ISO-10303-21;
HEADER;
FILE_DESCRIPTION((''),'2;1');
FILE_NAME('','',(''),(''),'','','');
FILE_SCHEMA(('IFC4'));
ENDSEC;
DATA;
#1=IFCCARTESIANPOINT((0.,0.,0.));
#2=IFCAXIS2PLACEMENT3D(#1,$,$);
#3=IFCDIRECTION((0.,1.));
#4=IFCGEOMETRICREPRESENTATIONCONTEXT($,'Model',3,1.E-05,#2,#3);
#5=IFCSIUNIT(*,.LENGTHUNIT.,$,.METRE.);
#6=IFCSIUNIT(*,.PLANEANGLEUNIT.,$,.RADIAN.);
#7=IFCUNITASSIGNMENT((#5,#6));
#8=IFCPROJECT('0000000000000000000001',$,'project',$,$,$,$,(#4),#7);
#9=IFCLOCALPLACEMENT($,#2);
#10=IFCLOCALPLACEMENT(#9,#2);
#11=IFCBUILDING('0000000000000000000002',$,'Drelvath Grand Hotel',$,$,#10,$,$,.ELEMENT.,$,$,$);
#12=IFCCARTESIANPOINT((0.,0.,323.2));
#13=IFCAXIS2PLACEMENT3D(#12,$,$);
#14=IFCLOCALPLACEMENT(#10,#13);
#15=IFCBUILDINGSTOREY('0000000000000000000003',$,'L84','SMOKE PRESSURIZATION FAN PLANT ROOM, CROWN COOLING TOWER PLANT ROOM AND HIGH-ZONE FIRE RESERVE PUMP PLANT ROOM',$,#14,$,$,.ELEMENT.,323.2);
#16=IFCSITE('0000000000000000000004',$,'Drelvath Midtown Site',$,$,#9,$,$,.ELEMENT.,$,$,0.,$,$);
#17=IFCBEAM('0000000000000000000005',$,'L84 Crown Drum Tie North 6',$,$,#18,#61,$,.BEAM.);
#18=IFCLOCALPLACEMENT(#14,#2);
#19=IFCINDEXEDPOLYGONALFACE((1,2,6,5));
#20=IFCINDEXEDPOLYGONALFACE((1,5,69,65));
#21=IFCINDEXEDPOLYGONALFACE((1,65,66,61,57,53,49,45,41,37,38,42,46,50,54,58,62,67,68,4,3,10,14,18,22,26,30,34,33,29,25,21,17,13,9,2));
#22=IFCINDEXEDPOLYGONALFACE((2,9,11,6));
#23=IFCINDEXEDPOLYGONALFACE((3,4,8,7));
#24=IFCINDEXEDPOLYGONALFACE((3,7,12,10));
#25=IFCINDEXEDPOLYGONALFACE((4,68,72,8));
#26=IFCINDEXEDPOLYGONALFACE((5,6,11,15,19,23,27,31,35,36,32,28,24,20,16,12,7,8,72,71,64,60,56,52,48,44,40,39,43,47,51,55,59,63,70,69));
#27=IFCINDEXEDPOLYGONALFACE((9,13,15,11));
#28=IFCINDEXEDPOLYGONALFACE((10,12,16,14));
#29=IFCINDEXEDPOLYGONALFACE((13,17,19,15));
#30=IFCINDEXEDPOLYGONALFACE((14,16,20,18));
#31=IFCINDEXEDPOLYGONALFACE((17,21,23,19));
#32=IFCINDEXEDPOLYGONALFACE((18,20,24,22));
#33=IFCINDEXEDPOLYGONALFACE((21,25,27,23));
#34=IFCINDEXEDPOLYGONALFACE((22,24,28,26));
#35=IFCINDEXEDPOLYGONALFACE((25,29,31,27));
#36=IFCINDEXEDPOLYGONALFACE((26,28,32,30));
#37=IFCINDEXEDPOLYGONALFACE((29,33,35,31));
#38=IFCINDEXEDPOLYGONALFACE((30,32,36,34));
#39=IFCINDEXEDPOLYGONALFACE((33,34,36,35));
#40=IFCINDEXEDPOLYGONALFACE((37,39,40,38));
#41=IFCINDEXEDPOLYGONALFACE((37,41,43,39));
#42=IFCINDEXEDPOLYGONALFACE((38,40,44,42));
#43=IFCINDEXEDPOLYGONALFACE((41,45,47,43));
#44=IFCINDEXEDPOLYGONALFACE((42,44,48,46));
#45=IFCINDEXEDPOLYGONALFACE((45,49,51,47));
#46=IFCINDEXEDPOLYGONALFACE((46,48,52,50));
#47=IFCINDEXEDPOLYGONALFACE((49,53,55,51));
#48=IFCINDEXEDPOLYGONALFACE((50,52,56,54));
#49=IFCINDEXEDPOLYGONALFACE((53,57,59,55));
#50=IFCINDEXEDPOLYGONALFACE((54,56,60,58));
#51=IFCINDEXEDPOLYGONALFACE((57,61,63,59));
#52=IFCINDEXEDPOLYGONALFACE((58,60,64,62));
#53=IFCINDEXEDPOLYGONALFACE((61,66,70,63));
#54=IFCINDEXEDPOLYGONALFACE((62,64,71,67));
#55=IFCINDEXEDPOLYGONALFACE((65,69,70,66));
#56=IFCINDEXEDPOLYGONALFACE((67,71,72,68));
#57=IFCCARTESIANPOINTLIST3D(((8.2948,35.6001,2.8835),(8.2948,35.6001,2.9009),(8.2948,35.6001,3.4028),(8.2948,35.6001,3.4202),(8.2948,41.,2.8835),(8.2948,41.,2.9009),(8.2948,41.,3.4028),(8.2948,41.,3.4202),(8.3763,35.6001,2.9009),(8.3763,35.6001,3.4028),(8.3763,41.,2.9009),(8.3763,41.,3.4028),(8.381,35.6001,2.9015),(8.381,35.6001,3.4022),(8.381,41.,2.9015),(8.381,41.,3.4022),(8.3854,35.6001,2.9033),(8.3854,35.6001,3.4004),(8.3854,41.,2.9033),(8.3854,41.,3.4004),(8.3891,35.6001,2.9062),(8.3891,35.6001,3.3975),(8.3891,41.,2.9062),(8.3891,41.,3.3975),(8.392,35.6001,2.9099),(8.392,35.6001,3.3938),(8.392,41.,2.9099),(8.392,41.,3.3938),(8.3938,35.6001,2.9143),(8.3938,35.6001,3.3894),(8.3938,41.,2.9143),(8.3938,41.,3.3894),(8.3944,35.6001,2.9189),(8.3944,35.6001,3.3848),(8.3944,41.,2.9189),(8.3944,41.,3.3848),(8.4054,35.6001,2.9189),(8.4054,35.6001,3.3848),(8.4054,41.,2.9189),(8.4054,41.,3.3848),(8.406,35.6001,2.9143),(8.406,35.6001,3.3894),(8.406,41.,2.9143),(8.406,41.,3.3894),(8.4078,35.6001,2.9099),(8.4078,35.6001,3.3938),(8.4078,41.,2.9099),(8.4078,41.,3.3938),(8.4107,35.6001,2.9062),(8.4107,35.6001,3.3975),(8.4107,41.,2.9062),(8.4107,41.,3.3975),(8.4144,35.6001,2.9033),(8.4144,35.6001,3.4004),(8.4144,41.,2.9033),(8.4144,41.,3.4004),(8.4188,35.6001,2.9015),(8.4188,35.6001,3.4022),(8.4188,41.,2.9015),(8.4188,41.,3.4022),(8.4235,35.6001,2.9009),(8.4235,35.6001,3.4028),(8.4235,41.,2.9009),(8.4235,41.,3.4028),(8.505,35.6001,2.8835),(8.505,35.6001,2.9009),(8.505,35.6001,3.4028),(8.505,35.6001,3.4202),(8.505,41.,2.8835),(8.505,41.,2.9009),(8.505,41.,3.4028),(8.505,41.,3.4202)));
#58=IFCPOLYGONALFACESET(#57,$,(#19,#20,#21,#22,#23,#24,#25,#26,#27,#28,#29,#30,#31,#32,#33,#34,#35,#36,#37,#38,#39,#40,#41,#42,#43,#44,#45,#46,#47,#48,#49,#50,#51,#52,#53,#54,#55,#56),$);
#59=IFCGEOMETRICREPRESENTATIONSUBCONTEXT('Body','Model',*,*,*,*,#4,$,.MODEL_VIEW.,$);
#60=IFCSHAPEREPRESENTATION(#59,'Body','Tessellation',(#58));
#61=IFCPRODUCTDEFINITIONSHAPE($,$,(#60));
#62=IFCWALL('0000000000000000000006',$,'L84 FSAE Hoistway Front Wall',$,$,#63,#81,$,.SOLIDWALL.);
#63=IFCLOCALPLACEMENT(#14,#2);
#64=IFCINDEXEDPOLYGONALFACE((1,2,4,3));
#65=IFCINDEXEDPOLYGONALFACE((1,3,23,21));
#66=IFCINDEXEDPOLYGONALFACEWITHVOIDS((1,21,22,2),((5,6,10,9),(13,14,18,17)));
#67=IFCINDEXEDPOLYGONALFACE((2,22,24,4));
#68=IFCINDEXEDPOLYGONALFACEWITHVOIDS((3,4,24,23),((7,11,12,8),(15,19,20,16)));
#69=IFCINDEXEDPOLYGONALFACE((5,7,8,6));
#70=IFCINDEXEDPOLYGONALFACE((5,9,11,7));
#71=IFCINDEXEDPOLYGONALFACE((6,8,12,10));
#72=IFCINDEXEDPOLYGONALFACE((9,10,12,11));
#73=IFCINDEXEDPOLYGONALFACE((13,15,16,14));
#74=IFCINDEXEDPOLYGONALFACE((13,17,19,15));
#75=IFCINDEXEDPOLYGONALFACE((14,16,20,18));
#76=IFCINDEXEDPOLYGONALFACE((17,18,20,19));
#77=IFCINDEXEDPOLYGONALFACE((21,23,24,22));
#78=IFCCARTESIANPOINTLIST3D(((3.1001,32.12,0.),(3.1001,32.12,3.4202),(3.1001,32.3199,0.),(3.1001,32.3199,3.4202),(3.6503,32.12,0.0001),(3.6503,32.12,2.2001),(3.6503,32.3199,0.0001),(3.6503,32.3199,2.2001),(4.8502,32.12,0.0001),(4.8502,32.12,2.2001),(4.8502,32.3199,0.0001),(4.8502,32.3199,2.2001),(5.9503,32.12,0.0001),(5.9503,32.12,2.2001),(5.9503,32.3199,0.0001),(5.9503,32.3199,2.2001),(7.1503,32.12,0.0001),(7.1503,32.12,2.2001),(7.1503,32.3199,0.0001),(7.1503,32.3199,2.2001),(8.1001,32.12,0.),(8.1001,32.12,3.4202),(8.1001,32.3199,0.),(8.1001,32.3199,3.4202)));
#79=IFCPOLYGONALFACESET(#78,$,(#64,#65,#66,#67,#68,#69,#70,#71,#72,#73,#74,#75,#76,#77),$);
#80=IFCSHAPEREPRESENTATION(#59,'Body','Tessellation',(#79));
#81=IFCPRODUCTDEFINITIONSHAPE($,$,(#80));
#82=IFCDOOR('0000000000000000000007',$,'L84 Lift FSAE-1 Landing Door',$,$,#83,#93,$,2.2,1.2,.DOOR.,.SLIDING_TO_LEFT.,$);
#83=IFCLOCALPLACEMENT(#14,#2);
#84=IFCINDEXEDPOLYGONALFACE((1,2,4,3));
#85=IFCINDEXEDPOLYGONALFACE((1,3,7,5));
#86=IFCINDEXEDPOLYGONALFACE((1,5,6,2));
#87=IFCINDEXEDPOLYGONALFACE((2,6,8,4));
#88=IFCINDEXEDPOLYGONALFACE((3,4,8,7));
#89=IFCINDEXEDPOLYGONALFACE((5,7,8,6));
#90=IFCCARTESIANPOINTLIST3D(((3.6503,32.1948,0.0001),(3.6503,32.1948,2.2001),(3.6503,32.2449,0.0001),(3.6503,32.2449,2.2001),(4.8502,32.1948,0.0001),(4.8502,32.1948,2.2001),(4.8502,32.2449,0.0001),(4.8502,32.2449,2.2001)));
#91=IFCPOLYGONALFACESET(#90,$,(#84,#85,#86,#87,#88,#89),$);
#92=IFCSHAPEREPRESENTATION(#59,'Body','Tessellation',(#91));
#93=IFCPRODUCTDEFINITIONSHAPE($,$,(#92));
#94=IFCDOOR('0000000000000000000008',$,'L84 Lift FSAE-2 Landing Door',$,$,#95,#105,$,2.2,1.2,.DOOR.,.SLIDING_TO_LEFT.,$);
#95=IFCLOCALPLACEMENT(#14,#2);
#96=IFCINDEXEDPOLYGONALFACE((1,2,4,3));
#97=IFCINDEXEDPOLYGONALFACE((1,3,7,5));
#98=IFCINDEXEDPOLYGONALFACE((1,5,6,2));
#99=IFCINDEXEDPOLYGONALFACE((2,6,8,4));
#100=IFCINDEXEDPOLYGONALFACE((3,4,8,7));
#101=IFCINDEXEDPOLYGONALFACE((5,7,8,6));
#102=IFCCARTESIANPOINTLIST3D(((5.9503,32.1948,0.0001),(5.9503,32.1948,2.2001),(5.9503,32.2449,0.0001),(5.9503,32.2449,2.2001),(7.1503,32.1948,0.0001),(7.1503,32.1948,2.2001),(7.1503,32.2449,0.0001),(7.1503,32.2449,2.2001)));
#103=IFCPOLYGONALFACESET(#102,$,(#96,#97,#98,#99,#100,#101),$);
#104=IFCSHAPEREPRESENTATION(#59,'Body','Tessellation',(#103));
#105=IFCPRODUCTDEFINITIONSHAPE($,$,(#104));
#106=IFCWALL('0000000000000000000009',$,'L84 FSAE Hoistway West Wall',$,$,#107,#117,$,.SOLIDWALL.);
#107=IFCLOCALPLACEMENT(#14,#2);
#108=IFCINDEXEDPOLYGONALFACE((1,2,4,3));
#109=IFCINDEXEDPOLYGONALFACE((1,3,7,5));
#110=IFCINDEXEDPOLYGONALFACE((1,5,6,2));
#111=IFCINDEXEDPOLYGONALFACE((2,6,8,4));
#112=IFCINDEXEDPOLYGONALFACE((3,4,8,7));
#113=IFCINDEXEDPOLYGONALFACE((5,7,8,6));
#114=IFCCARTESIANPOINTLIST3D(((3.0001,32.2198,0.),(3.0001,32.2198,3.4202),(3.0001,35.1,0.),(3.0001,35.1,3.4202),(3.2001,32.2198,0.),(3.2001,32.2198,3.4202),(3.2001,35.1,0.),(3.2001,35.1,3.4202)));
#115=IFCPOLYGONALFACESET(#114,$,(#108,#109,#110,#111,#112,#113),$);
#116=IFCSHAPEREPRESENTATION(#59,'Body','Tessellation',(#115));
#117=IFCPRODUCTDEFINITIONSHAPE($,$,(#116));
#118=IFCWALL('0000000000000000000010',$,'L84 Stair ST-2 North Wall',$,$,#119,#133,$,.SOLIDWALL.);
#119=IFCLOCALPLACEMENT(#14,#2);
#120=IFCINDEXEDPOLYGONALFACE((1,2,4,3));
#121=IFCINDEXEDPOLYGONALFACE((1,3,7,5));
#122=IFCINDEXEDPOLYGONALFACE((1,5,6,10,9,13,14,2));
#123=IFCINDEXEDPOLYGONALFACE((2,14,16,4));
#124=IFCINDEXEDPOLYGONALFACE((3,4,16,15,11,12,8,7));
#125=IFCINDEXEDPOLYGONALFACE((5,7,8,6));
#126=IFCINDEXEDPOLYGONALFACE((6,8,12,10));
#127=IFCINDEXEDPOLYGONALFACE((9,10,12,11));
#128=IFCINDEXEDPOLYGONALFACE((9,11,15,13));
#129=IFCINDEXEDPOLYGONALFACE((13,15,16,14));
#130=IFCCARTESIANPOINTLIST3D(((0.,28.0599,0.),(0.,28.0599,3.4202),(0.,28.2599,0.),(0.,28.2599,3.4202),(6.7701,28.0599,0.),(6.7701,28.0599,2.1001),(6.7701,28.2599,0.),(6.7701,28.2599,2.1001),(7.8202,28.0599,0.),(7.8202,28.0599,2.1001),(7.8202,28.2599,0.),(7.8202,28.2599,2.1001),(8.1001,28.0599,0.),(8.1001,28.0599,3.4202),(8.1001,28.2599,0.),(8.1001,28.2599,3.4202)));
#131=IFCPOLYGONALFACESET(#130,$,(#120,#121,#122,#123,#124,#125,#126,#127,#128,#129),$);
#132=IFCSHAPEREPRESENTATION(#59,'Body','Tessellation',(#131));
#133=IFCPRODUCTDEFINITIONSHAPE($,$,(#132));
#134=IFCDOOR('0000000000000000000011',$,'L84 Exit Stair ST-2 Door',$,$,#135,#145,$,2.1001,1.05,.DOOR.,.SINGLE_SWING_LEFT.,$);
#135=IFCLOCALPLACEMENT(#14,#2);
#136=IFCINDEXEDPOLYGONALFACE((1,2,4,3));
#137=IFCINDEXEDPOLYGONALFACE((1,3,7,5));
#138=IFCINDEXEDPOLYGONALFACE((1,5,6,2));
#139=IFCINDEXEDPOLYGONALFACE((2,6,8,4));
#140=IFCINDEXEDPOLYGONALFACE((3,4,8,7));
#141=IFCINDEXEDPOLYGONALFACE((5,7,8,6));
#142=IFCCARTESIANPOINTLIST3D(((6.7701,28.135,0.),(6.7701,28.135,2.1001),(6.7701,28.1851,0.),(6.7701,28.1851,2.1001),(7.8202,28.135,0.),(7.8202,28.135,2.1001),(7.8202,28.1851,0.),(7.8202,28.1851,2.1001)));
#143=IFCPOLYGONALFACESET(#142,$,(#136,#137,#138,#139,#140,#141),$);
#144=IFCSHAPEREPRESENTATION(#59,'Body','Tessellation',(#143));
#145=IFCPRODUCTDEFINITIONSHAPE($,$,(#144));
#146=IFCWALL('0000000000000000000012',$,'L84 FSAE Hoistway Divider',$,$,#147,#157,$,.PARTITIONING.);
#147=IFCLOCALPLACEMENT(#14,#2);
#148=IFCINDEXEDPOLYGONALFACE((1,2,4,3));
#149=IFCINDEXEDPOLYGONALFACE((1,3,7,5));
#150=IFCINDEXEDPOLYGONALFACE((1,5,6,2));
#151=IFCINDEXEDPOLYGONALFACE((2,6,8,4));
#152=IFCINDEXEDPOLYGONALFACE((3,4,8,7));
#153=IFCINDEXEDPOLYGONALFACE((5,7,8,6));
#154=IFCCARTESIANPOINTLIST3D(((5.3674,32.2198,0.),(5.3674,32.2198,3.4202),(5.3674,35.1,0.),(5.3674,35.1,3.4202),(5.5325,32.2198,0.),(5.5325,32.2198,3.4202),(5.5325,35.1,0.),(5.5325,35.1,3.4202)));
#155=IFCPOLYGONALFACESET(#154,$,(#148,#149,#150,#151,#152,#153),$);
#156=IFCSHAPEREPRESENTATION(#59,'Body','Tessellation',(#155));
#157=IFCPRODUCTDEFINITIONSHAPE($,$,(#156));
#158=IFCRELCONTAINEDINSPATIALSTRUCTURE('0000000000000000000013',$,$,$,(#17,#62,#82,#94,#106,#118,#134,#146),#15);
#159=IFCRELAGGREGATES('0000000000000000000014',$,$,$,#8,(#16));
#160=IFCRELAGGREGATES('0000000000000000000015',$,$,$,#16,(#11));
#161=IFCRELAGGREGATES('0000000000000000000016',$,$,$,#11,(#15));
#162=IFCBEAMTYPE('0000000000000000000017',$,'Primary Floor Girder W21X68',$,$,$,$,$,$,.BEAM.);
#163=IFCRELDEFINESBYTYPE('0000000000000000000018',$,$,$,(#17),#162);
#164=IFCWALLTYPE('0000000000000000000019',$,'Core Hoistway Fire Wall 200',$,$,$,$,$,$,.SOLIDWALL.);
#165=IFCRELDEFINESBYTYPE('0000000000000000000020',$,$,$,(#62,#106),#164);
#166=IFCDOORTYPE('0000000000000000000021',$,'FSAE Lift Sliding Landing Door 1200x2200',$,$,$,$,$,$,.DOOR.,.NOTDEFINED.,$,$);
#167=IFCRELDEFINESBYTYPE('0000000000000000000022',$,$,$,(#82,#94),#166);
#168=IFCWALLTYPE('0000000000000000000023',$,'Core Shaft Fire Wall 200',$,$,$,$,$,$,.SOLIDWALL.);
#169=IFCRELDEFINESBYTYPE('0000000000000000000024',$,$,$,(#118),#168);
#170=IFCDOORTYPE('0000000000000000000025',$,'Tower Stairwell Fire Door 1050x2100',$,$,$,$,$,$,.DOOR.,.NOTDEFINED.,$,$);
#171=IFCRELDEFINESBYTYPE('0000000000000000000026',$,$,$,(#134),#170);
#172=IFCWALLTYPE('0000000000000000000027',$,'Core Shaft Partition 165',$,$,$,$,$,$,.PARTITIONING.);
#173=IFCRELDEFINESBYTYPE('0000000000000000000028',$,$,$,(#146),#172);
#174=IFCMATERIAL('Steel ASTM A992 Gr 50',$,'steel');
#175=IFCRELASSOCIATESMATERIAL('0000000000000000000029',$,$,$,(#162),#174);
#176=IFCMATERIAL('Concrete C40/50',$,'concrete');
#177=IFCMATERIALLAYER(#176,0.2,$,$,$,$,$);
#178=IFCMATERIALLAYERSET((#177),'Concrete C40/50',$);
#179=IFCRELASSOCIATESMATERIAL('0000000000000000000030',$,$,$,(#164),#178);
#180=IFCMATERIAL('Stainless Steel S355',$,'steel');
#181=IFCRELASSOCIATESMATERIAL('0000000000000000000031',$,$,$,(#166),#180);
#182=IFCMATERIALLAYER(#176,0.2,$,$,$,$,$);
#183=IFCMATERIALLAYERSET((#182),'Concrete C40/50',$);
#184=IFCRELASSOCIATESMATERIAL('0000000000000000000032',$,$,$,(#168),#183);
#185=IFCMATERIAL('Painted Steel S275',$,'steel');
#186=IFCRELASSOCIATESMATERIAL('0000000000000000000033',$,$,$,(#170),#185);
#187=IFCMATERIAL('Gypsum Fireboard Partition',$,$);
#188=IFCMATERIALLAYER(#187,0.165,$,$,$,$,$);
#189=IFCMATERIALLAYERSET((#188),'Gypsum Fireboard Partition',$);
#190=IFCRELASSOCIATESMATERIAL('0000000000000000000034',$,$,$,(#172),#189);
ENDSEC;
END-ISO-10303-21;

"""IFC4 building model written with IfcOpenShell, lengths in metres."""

from ifc_helpers import new_model, si_unit, direction, frame, frame_2d, origin, origin_2d, place, context, subcontext, project, spatial, rectangle, i_section, extrude, material, layer, layer_set, material_profile, profile_set, type_object, element, fill, save


model = new_model("IFC4")

# Units and contexts
model_context = context("Model", 3, precision=1e-05, world=origin(), true_north=direction((0.0, 1.0)))
body_context = subcontext(model_context, "Body", "Model", "MODEL_VIEW")
ifc_project = project(units=[si_unit("LENGTHUNIT", "METRE"), si_unit("PLANEANGLEUNIT", "RADIAN")], contexts=[model_context])

# Site, building, storey
site_placement = place(None, origin())
site = spatial("IfcSite", under=ifc_project, at=site_placement, Name="Drelvath Midtown Site", CompositionType="ELEMENT", RefElevation=0.0)
building_placement = place(site_placement, origin())
building = spatial("IfcBuilding", under=site, at=building_placement, Name="Drelvath Grand Hotel", CompositionType="ELEMENT")
storey_placement = place(building_placement, frame((0.0, 0.0, 323.2)))
storey = spatial("IfcBuildingStorey", under=building, at=storey_placement, Name="L84", Description="SMOKE PRESSURIZATION FAN PLANT ROOM, CROWN COOLING TOWER PLANT ROOM AND HIGH-ZONE FIRE RESERVE PUMP PLANT ROOM", CompositionType="ELEMENT", Elevation=323.2)

# Beam
ifc_material_1 = material(Name="Steel ASTM A992 Gr 50", Category="steel")
ifc_material_profile_1 = material_profile(ifc_material_1, i_section(OverallWidth=0.2102, OverallDepth=0.5366, WebThickness=0.011, FlangeThickness=0.0173, FilletRadius=0.0181, at=origin_2d()), Name="W21X68")
ifc_profile_set_1 = profile_set([ifc_material_profile_1], Name="Steel ASTM A992 Gr 50")
beam_type_1 = type_object("IfcBeamType", Name="Primary Floor Girder W21X68", PredefinedType="BEAM", material=ifc_profile_set_1)
for number, where, z_axis, x_axis, name in (
    (1, (8.3999, 35.6001, 3.1519), (0.0, 1.0, 0.0), (-1.0, 0.0, 0.0), "L84 Crown Drum Tie North 6"),
):
    element("IfcBeam", number, at=place(storey_placement, frame(where, z_axis=z_axis, x_axis=x_axis)), inside=storey, type_object=beam_type_1, Name=name, PredefinedType="BEAM", context=body_context, shape_type="SweptSolid", body=[
        extrude(i_section(OverallWidth=0.2102, OverallDepth=0.5366, WebThickness=0.011, FlangeThickness=0.0173, FilletRadius=0.0181, at=origin_2d()), origin(), (0.0, 0.0, 1.0), 5.3999),
    ])

# Wall, openings, doors
ifc_material_2 = material(Name="Concrete C40/50", Category="concrete")
ifc_layer_1 = layer(ifc_material_2, 0.2)
ifc_layer_set_1 = layer_set([ifc_layer_1], Name="Concrete C40/50")
wall_type_1 = type_object("IfcWallType", Name="Core Hoistway Fire Wall 200", PredefinedType="SOLIDWALL", material=ifc_layer_set_1)
wall_1_placement = place(storey_placement, frame((3.1001, 32.22, 0.0), z_axis=(0.0, 0.0, 1.0), x_axis=(1.0, 0.0, 0.0)))
wall_1 = element("IfcWall", 2, at=wall_1_placement, inside=storey, type_object=wall_type_1, Name="L84 FSAE Hoistway Front Wall", PredefinedType="SOLIDWALL", context=body_context, shape_type="SweptSolid", body=[
    extrude(rectangle(XDim=5.0, YDim=0.2, at=frame_2d((2.5, 0.0))), origin(), (0.0, 0.0, 1.0), 3.4202),
])
opening_1_placement = place(wall_1_placement, frame((0.55, 0.0, 0.0)))
opening_1 = element("IfcOpeningElement", 3, at=opening_1_placement, cuts=wall_1, PredefinedType="OPENING", context=body_context, shape_type="SweptSolid", body=[
    extrude(rectangle(XDim=1.2, YDim=2.2, at=frame_2d((0.6001, 1.1001))), frame((0.0, 0.1099, 0.0), z_axis=(0.0, -1.0, 0.0), x_axis=(1.0, 0.0, 0.0)), (0.0, 0.0, 1.0), 0.22),
])
opening_2_placement = place(wall_1_placement, frame((2.8501, 0.0, 0.0)))
opening_2 = element("IfcOpeningElement", 4, at=opening_2_placement, cuts=wall_1, PredefinedType="OPENING", context=body_context, shape_type="SweptSolid", body=[
    extrude(rectangle(XDim=1.2, YDim=2.2, at=frame_2d((0.6001, 1.1001))), frame((0.0, 0.1099, 0.0), z_axis=(0.0, -1.0, 0.0), x_axis=(1.0, 0.0, 0.0)), (0.0, 0.0, 1.0), 0.22),
])
ifc_material_3 = material(Name="Stainless Steel S355", Category="steel")
door_type_1 = type_object("IfcDoorType", Name="FSAE Lift Sliding Landing Door 1200x2200", OperationType="NOTDEFINED", PredefinedType="DOOR", material=ifc_material_3)
door_1_placement = place(opening_1_placement, origin())
door_1 = element("IfcDoor", 5, at=door_1_placement, inside=storey, type_object=door_type_1, Name="L84 Lift FSAE-1 Landing Door", OperationType="SLIDING_TO_LEFT", OverallHeight=2.2, OverallWidth=1.2, PredefinedType="DOOR", context=body_context, shape_type="SweptSolid", body=[
    extrude(rectangle(XDim=1.2, YDim=2.2, at=frame_2d((0.6001, 1.1001))), frame((0.0, 0.0249, 0.0), z_axis=(0.0, -1.0, 0.0), x_axis=(1.0, 0.0, 0.0)), (0.0, 0.0, 1.0), 0.05),
])
fill(opening_1, door_1)
door_2_placement = place(opening_2_placement, origin())
door_2 = element("IfcDoor", 6, at=door_2_placement, inside=storey, type_object=door_type_1, Name="L84 Lift FSAE-2 Landing Door", OperationType="SLIDING_TO_LEFT", OverallHeight=2.2, OverallWidth=1.2, PredefinedType="DOOR", context=body_context, shape_type="SweptSolid", body=[
    extrude(rectangle(XDim=1.2, YDim=2.2, at=frame_2d((0.6001, 1.1001))), frame((0.0, 0.0249, 0.0), z_axis=(0.0, -1.0, 0.0), x_axis=(1.0, 0.0, 0.0)), (0.0, 0.0, 1.0), 0.05),
])
fill(opening_2, door_2)

# Wall
wall_2_placement = place(storey_placement, frame((3.1001, 32.22, 0.0), z_axis=(0.0, 0.0, 1.0), x_axis=(0.0, 1.0, 0.0)))
element("IfcWall", 7, at=wall_2_placement, inside=storey, type_object=wall_type_1, Name="L84 FSAE Hoistway West Wall", PredefinedType="SOLIDWALL", context=body_context, shape_type="SweptSolid", body=[
    extrude(rectangle(XDim=2.8801, YDim=0.2, at=frame_2d((1.4399, 0.0))), origin(), (0.0, 0.0, 1.0), 3.4202),
])

# Wall, opening, door
ifc_layer_2 = layer(ifc_material_2, 0.2)
ifc_layer_set_2 = layer_set([ifc_layer_2], Name="Concrete C40/50")
wall_type_2 = type_object("IfcWallType", Name="Core Shaft Fire Wall 200", PredefinedType="SOLIDWALL", material=ifc_layer_set_2)
wall_3_placement = place(storey_placement, frame((8.1001, 28.1599, 0.0), z_axis=(0.0, 0.0, 1.0), x_axis=(-1.0, 0.0, 0.0)))
wall_3 = element("IfcWall", 8, at=wall_3_placement, inside=storey, type_object=wall_type_2, Name="L84 Stair ST-2 North Wall", PredefinedType="SOLIDWALL", context=body_context, shape_type="SweptSolid", body=[
    extrude(rectangle(XDim=8.1001, YDim=0.2, at=frame_2d((4.05, 0.0))), origin(), (0.0, 0.0, 1.0), 3.4202),
])
opening_3_placement = place(wall_3_placement, frame((0.28, 0.0, 0.0)))
opening_3 = element("IfcOpeningElement", 9, at=opening_3_placement, cuts=wall_3, PredefinedType="OPENING", context=body_context, shape_type="SweptSolid", body=[
    extrude(rectangle(XDim=1.05, YDim=2.1001, at=frame_2d((0.5249, 1.05))), frame((0.0, 0.1099, 0.0), z_axis=(0.0, -1.0, 0.0), x_axis=(1.0, 0.0, 0.0)), (0.0, 0.0, 1.0), 0.22),
])
ifc_material_4 = material(Name="Painted Steel S275", Category="steel")
door_type_2 = type_object("IfcDoorType", Name="Tower Stairwell Fire Door 1050x2100", OperationType="NOTDEFINED", PredefinedType="DOOR", material=ifc_material_4)
door_3_placement = place(opening_3_placement, origin())
door_3 = element("IfcDoor", 10, at=door_3_placement, inside=storey, type_object=door_type_2, Name="L84 Exit Stair ST-2 Door", OperationType="SINGLE_SWING_LEFT", OverallHeight=2.1001, OverallWidth=1.05, PredefinedType="DOOR", context=body_context, shape_type="SweptSolid", body=[
    extrude(rectangle(XDim=1.05, YDim=2.1001, at=frame_2d((0.5249, 1.05))), frame((0.0, 0.0249, 0.0), z_axis=(0.0, -1.0, 0.0), x_axis=(1.0, 0.0, 0.0)), (0.0, 0.0, 1.0), 0.05),
])
fill(opening_3, door_3)

# Wall
ifc_material_5 = material(Name="Gypsum Fireboard Partition")
ifc_layer_3 = layer(ifc_material_5, 0.165)
ifc_layer_set_3 = layer_set([ifc_layer_3], Name="Gypsum Fireboard Partition")
wall_type_3 = type_object("IfcWallType", Name="Core Shaft Partition 165", PredefinedType="PARTITIONING", material=ifc_layer_set_3)
wall_4_placement = place(storey_placement, frame((5.45, 32.22, 0.0), z_axis=(0.0, 0.0, 1.0), x_axis=(0.0, 1.0, 0.0)))
element("IfcWall", 11, at=wall_4_placement, inside=storey, type_object=wall_type_3, Name="L84 FSAE Hoistway Divider", PredefinedType="PARTITIONING", context=body_context, shape_type="SweptSolid", body=[
    extrude(rectangle(XDim=2.8801, YDim=0.165, at=frame_2d((1.4399, 0.0))), origin(), (0.0, 0.0, 1.0), 3.4202),
])

save(model, "model.ifc")
